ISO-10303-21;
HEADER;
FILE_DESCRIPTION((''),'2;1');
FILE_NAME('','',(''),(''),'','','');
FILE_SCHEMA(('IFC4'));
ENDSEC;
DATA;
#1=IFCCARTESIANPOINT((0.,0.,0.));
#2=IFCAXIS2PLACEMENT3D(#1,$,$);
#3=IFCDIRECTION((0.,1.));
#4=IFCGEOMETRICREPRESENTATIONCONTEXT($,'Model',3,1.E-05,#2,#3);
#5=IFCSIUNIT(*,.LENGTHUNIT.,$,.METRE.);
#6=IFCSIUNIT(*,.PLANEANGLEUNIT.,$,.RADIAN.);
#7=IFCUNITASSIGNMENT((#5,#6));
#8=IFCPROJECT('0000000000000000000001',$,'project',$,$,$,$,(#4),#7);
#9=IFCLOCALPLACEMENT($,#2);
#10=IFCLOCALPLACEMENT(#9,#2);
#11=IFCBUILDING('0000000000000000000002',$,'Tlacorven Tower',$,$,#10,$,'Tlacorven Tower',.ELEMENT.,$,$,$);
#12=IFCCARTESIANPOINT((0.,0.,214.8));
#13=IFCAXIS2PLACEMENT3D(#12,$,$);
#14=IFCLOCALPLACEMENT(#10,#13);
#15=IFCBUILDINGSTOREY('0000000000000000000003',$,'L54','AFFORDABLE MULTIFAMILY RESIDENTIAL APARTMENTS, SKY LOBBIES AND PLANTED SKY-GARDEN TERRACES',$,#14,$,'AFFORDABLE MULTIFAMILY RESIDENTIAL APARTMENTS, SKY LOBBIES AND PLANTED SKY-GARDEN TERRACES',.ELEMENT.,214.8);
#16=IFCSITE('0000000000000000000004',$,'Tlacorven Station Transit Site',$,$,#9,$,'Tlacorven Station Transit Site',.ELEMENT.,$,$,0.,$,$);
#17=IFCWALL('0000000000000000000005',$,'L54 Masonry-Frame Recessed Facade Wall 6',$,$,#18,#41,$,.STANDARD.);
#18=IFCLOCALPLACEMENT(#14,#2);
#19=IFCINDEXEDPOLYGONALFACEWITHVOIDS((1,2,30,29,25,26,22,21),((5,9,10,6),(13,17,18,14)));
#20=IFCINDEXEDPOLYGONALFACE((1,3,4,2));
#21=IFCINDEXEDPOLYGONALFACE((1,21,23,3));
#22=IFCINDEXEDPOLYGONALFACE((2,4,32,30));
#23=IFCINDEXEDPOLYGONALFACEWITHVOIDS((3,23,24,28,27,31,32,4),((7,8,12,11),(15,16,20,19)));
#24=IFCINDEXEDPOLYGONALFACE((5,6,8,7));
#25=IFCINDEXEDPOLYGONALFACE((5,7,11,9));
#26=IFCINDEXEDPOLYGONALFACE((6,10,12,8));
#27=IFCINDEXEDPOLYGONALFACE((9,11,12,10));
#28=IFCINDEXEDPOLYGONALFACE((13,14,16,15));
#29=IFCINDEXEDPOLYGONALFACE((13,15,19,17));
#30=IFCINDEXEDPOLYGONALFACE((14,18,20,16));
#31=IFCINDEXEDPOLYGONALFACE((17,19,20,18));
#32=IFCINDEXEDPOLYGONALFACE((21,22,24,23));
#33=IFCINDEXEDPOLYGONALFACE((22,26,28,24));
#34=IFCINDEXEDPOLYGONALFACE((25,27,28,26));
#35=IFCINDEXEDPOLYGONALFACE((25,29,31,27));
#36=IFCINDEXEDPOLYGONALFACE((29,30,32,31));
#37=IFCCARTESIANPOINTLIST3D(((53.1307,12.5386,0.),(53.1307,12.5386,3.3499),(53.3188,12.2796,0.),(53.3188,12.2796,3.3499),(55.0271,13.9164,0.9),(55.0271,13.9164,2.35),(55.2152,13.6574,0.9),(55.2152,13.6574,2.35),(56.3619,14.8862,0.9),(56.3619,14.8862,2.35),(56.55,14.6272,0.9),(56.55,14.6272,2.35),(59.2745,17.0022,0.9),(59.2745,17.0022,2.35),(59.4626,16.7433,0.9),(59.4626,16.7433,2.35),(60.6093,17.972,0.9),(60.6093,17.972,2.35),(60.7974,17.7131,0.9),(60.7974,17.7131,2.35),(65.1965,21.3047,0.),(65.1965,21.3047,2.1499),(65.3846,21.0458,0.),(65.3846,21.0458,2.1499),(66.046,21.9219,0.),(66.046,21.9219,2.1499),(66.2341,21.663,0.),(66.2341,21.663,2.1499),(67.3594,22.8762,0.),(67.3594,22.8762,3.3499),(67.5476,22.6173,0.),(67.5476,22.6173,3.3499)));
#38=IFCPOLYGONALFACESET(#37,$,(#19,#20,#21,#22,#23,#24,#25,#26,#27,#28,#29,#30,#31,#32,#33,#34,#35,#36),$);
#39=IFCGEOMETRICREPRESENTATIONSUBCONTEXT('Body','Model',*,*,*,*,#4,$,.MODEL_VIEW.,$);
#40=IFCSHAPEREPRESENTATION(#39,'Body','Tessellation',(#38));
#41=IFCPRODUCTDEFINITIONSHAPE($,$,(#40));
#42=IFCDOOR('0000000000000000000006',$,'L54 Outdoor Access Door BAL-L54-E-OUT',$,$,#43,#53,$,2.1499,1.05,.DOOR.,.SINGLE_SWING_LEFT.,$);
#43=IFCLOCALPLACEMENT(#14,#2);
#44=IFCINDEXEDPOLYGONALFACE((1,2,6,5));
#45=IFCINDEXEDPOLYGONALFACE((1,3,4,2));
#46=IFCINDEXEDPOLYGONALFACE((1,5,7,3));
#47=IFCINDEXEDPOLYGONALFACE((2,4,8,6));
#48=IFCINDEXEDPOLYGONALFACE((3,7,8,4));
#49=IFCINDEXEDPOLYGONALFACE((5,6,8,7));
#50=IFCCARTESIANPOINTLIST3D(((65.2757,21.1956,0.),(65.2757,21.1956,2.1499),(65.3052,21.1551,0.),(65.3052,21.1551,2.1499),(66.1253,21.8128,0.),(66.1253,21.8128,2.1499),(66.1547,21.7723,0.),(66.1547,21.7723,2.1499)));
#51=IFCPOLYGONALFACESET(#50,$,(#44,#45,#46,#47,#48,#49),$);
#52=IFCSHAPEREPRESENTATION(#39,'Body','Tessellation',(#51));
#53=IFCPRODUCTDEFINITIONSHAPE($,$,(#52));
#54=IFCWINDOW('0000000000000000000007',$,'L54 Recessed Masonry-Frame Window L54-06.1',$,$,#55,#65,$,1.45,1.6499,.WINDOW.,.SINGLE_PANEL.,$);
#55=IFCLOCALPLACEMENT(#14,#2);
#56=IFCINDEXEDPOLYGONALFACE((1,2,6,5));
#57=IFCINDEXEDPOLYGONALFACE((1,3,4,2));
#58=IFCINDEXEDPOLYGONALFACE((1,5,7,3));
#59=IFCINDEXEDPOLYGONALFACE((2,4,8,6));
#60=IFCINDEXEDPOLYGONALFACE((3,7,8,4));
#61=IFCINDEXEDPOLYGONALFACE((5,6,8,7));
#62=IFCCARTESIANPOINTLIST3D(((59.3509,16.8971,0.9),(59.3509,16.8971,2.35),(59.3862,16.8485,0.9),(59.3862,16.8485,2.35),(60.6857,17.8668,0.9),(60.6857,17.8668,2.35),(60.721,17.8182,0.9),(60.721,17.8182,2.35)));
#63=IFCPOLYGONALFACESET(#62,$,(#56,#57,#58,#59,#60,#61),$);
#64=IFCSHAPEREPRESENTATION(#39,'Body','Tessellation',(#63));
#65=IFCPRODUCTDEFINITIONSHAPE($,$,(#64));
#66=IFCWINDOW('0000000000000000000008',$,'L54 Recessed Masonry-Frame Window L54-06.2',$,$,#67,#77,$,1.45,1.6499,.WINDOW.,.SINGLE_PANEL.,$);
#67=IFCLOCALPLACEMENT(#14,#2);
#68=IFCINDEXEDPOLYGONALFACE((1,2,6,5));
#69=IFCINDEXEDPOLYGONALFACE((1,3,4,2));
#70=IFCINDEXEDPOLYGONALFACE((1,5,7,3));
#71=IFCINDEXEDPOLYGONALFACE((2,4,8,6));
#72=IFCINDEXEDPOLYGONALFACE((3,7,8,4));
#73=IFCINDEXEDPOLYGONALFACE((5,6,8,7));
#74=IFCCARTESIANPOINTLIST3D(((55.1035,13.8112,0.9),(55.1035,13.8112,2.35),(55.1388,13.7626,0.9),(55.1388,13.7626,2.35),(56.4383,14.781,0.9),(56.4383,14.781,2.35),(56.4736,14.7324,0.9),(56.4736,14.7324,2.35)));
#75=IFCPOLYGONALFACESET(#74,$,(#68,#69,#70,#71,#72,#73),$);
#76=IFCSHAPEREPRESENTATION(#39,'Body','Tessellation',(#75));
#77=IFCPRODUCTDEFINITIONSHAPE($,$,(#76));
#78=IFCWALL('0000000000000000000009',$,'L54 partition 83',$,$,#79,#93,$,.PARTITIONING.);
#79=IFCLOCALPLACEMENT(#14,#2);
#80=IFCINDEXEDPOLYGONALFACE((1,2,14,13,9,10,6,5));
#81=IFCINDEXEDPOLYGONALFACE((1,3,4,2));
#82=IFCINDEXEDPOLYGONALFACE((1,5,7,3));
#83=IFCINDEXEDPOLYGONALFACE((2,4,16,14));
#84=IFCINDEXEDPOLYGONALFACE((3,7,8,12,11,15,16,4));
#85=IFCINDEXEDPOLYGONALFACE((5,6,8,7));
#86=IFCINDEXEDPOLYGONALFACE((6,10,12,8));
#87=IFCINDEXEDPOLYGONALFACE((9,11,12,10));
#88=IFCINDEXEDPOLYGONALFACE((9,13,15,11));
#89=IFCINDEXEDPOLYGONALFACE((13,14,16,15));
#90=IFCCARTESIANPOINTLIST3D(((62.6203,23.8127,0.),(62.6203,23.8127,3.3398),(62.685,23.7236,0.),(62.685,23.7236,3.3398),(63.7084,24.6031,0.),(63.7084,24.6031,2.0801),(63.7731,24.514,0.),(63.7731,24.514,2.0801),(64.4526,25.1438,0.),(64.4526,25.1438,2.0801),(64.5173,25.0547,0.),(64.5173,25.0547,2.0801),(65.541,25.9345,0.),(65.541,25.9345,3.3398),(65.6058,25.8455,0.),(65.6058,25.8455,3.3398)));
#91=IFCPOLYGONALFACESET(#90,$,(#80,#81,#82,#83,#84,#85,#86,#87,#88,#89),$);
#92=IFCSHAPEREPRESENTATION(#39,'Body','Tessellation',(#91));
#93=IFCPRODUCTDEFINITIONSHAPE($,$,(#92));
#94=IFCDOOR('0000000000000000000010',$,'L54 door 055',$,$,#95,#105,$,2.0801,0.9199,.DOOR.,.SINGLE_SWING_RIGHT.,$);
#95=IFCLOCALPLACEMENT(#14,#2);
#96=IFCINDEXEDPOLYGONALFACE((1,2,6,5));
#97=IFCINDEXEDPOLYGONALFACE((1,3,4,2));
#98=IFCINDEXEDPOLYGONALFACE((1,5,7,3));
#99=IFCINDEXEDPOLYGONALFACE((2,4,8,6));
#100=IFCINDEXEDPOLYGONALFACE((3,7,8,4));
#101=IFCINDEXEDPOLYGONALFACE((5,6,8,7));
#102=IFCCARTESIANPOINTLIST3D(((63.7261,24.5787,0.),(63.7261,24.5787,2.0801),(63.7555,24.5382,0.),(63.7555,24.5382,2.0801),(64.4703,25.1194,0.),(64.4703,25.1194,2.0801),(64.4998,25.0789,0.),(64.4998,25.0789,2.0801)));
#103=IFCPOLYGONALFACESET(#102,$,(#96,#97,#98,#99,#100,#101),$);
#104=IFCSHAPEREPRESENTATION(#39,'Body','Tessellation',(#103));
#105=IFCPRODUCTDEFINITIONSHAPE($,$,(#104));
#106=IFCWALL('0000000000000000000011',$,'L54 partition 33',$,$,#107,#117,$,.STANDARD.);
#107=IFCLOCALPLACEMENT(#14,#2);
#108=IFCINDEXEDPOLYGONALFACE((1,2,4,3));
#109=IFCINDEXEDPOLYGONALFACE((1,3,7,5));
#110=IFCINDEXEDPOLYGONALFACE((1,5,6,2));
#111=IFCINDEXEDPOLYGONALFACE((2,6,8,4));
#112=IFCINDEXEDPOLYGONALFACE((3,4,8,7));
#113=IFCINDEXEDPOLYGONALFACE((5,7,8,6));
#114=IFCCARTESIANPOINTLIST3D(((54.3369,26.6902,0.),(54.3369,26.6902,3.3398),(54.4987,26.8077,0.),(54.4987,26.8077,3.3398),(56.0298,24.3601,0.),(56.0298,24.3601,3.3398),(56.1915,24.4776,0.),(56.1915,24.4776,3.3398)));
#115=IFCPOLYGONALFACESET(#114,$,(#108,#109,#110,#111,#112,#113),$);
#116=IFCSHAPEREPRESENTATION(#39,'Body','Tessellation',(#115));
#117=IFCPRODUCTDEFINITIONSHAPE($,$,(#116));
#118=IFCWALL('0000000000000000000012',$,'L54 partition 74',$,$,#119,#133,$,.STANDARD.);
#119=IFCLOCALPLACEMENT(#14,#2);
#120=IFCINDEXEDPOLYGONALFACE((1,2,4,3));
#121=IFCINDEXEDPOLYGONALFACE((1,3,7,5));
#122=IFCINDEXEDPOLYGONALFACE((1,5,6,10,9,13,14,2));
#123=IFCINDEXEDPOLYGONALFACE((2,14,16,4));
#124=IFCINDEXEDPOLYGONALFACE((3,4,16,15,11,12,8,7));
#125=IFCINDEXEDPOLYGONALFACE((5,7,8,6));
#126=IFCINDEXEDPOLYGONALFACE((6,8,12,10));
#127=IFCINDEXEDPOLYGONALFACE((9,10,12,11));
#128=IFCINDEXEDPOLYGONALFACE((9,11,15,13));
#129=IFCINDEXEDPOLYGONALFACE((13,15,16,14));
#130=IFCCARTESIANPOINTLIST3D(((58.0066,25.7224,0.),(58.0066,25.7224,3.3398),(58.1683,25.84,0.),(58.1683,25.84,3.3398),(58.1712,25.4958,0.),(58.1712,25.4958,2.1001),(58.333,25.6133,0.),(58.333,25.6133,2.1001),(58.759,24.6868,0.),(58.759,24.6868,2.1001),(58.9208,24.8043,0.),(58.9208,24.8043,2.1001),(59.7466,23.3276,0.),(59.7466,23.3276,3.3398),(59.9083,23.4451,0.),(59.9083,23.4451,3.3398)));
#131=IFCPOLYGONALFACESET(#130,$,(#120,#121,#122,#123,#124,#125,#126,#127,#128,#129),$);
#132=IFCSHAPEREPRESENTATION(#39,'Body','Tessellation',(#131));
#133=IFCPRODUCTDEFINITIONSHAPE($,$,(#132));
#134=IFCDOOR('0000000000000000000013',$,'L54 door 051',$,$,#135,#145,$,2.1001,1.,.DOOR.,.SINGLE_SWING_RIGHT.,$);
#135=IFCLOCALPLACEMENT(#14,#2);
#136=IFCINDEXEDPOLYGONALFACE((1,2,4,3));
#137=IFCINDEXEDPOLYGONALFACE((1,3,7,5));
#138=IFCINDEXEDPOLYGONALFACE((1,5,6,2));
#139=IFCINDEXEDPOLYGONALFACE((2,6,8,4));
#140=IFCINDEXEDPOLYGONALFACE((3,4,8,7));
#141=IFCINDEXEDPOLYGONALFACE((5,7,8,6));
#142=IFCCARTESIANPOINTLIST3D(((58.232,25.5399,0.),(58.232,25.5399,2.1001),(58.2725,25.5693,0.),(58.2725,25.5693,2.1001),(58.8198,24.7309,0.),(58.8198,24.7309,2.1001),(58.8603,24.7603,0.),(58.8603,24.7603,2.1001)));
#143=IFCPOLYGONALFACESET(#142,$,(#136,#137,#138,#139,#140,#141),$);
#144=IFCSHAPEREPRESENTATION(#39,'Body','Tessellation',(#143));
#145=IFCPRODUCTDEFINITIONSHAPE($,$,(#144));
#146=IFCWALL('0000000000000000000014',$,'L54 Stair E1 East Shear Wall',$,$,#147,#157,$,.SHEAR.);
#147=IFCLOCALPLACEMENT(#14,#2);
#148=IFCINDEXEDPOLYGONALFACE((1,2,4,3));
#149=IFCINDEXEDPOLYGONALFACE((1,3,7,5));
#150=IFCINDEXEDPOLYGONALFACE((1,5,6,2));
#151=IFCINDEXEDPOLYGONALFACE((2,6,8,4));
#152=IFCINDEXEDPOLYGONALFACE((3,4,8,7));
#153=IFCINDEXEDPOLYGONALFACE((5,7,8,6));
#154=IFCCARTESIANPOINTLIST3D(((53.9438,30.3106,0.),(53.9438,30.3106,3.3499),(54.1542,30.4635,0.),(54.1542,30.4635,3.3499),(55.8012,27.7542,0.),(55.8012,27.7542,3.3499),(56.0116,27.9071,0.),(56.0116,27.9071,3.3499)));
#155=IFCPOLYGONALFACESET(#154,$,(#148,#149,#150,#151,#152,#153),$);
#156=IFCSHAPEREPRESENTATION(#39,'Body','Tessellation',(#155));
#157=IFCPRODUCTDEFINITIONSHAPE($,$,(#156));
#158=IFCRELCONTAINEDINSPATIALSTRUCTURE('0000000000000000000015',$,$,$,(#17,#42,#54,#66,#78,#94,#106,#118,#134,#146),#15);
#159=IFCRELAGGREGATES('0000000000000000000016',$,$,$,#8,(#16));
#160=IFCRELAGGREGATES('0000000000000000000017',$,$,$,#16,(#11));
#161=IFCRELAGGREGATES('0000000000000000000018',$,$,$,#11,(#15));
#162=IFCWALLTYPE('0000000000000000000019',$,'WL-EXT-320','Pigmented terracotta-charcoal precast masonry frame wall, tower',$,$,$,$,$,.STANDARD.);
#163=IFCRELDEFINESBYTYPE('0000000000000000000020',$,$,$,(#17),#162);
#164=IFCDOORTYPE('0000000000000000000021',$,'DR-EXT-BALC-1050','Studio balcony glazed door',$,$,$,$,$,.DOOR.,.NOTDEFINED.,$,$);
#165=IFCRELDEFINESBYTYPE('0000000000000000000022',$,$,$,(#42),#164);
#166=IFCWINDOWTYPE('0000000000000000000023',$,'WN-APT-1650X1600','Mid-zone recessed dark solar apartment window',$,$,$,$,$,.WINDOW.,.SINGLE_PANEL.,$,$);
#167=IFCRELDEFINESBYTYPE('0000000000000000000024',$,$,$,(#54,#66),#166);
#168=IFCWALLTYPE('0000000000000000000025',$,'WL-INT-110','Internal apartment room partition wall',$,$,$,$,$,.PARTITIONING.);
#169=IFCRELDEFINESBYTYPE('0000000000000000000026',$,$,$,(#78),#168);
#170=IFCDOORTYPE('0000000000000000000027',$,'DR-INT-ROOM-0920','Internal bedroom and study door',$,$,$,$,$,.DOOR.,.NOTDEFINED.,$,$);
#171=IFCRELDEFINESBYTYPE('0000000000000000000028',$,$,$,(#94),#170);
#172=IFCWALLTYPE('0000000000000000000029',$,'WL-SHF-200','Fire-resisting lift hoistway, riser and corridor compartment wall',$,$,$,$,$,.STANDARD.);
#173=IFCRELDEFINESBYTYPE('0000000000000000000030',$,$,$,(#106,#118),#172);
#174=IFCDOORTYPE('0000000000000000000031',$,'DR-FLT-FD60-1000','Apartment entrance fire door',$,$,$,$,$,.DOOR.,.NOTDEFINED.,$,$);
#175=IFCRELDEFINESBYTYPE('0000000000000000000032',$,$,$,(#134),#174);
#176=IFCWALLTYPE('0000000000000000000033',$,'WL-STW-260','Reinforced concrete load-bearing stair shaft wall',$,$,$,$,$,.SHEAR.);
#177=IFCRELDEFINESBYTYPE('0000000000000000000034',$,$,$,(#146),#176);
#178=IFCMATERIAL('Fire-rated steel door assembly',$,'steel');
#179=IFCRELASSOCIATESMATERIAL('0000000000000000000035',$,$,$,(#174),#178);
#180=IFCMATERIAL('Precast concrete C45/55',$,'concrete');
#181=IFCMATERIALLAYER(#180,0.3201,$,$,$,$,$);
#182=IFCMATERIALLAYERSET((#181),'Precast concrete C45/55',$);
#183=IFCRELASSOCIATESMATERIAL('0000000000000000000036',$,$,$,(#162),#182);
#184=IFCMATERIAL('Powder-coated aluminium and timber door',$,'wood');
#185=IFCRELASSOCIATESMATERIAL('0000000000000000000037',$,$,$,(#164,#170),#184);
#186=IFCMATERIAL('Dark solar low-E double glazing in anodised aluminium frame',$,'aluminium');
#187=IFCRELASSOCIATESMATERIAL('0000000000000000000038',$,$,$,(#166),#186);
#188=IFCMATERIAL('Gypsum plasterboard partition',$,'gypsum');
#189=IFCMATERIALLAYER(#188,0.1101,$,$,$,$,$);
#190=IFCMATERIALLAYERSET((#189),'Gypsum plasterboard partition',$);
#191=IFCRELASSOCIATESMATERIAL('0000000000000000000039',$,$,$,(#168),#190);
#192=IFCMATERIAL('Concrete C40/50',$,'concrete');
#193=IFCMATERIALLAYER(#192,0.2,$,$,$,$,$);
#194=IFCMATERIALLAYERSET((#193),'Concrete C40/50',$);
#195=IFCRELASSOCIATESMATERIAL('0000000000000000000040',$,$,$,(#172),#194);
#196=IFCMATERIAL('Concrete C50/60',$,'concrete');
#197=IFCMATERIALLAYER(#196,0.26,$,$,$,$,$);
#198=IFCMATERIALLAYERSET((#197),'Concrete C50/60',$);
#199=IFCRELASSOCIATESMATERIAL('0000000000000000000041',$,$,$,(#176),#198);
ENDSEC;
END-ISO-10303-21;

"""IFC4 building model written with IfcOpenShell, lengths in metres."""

from ifc_helpers import new_model, si_unit, direction, frame, frame_2d, origin, place, context, subcontext, project, spatial, rectangle, extrude, source, transform, mapped, material, layer, layer_set, type_object, element, fill, save


model = new_model("IFC4")

# Units and contexts
model_context = context("Model", 3, precision=1e-05, world=origin(), true_north=direction((0.0, 1.0)))
body_context = subcontext(model_context, "Body", "Model", "MODEL_VIEW")
ifc_project = project(units=[si_unit("LENGTHUNIT", "METRE"), si_unit("PLANEANGLEUNIT", "RADIAN")], contexts=[model_context])

# Site, building, storey
site_placement = place(None, origin())
site = spatial("IfcSite", under=ifc_project, at=site_placement, Name="Tlacorven Station Transit Site", LongName="Tlacorven Station Transit Site", CompositionType="ELEMENT", RefElevation=0.0)
building_placement = place(site_placement, origin())
building = spatial("IfcBuilding", under=site, at=building_placement, Name="Tlacorven Tower", LongName="Tlacorven Tower", CompositionType="ELEMENT")
storey_placement = place(building_placement, frame((0.0, 0.0, 214.8)))
storey = spatial("IfcBuildingStorey", under=building, at=storey_placement, Name="L54", Description="AFFORDABLE MULTIFAMILY RESIDENTIAL APARTMENTS, SKY LOBBIES AND PLANTED SKY-GARDEN TERRACES", LongName="AFFORDABLE MULTIFAMILY RESIDENTIAL APARTMENTS, SKY LOBBIES AND PLANTED SKY-GARDEN TERRACES", CompositionType="ELEMENT", Elevation=214.8)

# Shared definitions
ifc_material_1 = material(Name="Concrete C50/60", Category="concrete")

# Shared definitions
ifc_material_2 = material(Name="Fire-rated steel door assembly", Category="steel")
door_type_1 = type_object("IfcDoorType", Name="DR-FLT-FD60-1000", Description="Apartment entrance fire door", OperationType="NOTDEFINED", PredefinedType="DOOR", material=ifc_material_2)
shared_shape_1 = source(origin(), body_context, "Body", "SweptSolid", [
    extrude(rectangle(XDim=1.0, YDim=2.1001, at=frame_2d((0.5, 1.05))), frame((0.0, 0.0249, 0.0), z_axis=(0.0, -1.0, 0.0), x_axis=(1.0, 0.0, 0.0)), (0.0, 0.0, 1.0), 0.05),
])

# Wall, openings, door, windows
ifc_material_3 = material(Name="Precast concrete C45/55", Category="concrete")
ifc_layer_1 = layer(ifc_material_3, 0.3201)
ifc_layer_set_1 = layer_set([ifc_layer_1], Name="Precast concrete C45/55")
wall_type_1 = type_object("IfcWallType", Name="WL-EXT-320", Description="Pigmented terracotta-charcoal precast masonry frame wall, tower", PredefinedType="STANDARD", material=ifc_layer_set_1)
wall_1_placement = place(storey_placement, frame((67.4536, 22.7468, 0.0), z_axis=(0.0, 0.0, 1.0), x_axis=(-0.809021, -0.58778, 0.0)))
wall_1 = element("IfcWall", 1, at=wall_1_placement, inside=storey, type_object=wall_type_1, Name="L54 Masonry-Frame Recessed Facade Wall 6", PredefinedType="STANDARD", context=body_context, shape_type="SweptSolid", body=[
    extrude(rectangle(XDim=17.5876, YDim=0.3201, at=frame_2d((8.7939, 0.0))), origin(), (0.0, 0.0, 1.0), 3.3499),
])
opening_1_placement = place(wall_1_placement, frame((1.6238, 0.0, 0.0)))
opening_1 = element("IfcOpeningElement", 2, at=opening_1_placement, cuts=wall_1, PredefinedType="OPENING", context=body_context, shape_type="SweptSolid", body=[
    extrude(rectangle(XDim=1.05, YDim=2.1499, at=frame_2d((0.5249, 1.075))), frame((0.0, 0.1699, 0.0), z_axis=(0.0, -1.0, 0.0), x_axis=(1.0, 0.0, 0.0)), (0.0, 0.0, 1.0), 0.3401),
])
opening_2_placement = place(wall_1_placement, frame((8.3438, 0.0, 0.8999)))
opening_2 = element("IfcOpeningElement", 3, at=opening_2_placement, cuts=wall_1, PredefinedType="OPENING", context=body_context, shape_type="SweptSolid", body=[
    extrude(rectangle(XDim=1.6499, YDim=1.45, at=frame_2d((0.825, 0.7251))), frame((0.0, 0.1699, 0.0), z_axis=(0.0, -1.0, 0.0), x_axis=(1.0, 0.0, 0.0)), (0.0, 0.0, 1.0), 0.3401),
])
opening_3_placement = place(wall_1_placement, frame((13.5938, 0.0, 0.8999)))
opening_3 = element("IfcOpeningElement", 4, at=opening_3_placement, cuts=wall_1, PredefinedType="OPENING", context=body_context, shape_type="SweptSolid", body=[
    extrude(rectangle(XDim=1.6499, YDim=1.45, at=frame_2d((0.825, 0.7251))), frame((0.0, 0.1699, 0.0), z_axis=(0.0, -1.0, 0.0), x_axis=(1.0, 0.0, 0.0)), (0.0, 0.0, 1.0), 0.3401),
])
ifc_material_4 = material(Name="Powder-coated aluminium and timber door", Category="wood")
door_type_2 = type_object("IfcDoorType", Name="DR-EXT-BALC-1050", Description="Studio balcony glazed door", OperationType="NOTDEFINED", PredefinedType="DOOR", material=ifc_material_4)
shared_shape_2 = source(origin(), body_context, "Body", "SweptSolid", [
    extrude(rectangle(XDim=1.05, YDim=2.1499, at=frame_2d((0.5249, 1.075))), frame((0.0, 0.0249, 0.0), z_axis=(0.0, -1.0, 0.0), x_axis=(1.0, 0.0, 0.0)), (0.0, 0.0, 1.0), 0.05),
])
door_1_placement = place(opening_1_placement, origin())
door_1 = element("IfcDoor", 5, at=door_1_placement, inside=storey, type_object=door_type_2, Name="L54 Outdoor Access Door BAL-L54-E-OUT", OperationType="SINGLE_SWING_LEFT", OverallHeight=2.1499, OverallWidth=1.05, PredefinedType="DOOR", context=body_context, shape_type="MappedRepresentation", body=[
    mapped(shared_shape_2, transform((0.0, 0.0, 0.0), scale=1.0)),
])
fill(opening_1, door_1)
ifc_material_5 = material(Name="Dark solar low-E double glazing in anodised aluminium frame", Category="aluminium")
window_type = type_object("IfcWindowType", Name="WN-APT-1650X1600", Description="Mid-zone recessed dark solar apartment window", PartitioningType="SINGLE_PANEL", PredefinedType="WINDOW", material=ifc_material_5)
shared_shape_3 = source(origin(), body_context, "Body", "SweptSolid", [
    extrude(rectangle(XDim=1.6499, YDim=1.45, at=frame_2d((0.825, 0.7251))), frame((0.0, 0.03, 0.0), z_axis=(0.0, -1.0, 0.0), x_axis=(1.0, 0.0, 0.0)), (0.0, 0.0, 1.0), 0.0601),
])
window_1_placement = place(opening_2_placement, origin())
window_1 = element("IfcWindow", 6, at=window_1_placement, inside=storey, type_object=window_type, Name="L54 Recessed Masonry-Frame Window L54-06.1", OverallHeight=1.45, OverallWidth=1.6499, PartitioningType="SINGLE_PANEL", PredefinedType="WINDOW", context=body_context, shape_type="MappedRepresentation", body=[
    mapped(shared_shape_3, transform((0.0, 0.0, 0.0), scale=1.0)),
])
fill(opening_2, window_1)
window_2_placement = place(opening_3_placement, origin())
window_2 = element("IfcWindow", 7, at=window_2_placement, inside=storey, type_object=window_type, Name="L54 Recessed Masonry-Frame Window L54-06.2", OverallHeight=1.45, OverallWidth=1.6499, PartitioningType="SINGLE_PANEL", PredefinedType="WINDOW", context=body_context, shape_type="MappedRepresentation", body=[
    mapped(shared_shape_3, transform((0.0, 0.0, 0.0), scale=1.0)),
])
fill(opening_3, window_2)

# Wall, opening, door
ifc_material_6 = material(Name="Gypsum plasterboard partition", Category="gypsum")
ifc_layer_2 = layer(ifc_material_6, 0.1101)
ifc_layer_set_2 = layer_set([ifc_layer_2], Name="Gypsum plasterboard partition")
wall_type_2 = type_object("IfcWallType", Name="WL-INT-110", Description="Internal apartment room partition wall", PredefinedType="PARTITIONING", material=ifc_layer_set_2)
wall_2_placement = place(storey_placement, frame((62.6526, 23.7681, 0.0), z_axis=(0.0, 0.0, 1.0), x_axis=(0.809037, 0.587757, 0.0)))
wall_2 = element("IfcWall", 8, at=wall_2_placement, inside=storey, type_object=wall_type_2, Name="L54 partition 83", PredefinedType="PARTITIONING", context=body_context, shape_type="SweptSolid", body=[
    extrude(rectangle(XDim=3.6101, YDim=0.1101, at=frame_2d((1.8052, 0.0))), origin(), (0.0, 0.0, 1.0), 3.3398),
])
opening_4_placement = place(wall_2_placement, frame((1.345, 0.0, 0.0)))
opening_4 = element("IfcOpeningElement", 9, at=opening_4_placement, cuts=wall_2, PredefinedType="OPENING", context=body_context, shape_type="SweptSolid", body=[
    extrude(rectangle(XDim=0.9199, YDim=2.0801, at=frame_2d((0.46, 1.04))), frame((0.0, 0.0649, 0.0), z_axis=(0.0, -1.0, 0.0), x_axis=(1.0, 0.0, 0.0)), (0.0, 0.0, 1.0), 0.1301),
])
door_type_3 = type_object("IfcDoorType", Name="DR-INT-ROOM-0920", Description="Internal bedroom and study door", OperationType="NOTDEFINED", PredefinedType="DOOR", material=ifc_material_4)
shared_shape_4 = source(origin(), body_context, "Body", "SweptSolid", [
    extrude(rectangle(XDim=0.9199, YDim=2.0801, at=frame_2d((0.46, 1.04))), frame((0.0, 0.0249, 0.0), z_axis=(0.0, -1.0, 0.0), x_axis=(1.0, 0.0, 0.0)), (0.0, 0.0, 1.0), 0.05),
])
door_2_placement = place(opening_4_placement, origin())
door_2 = element("IfcDoor", 10, at=door_2_placement, inside=storey, type_object=door_type_3, Name="L54 door 055", OperationType="SINGLE_SWING_RIGHT", OverallHeight=2.0801, OverallWidth=0.9199, PredefinedType="DOOR", context=body_context, shape_type="MappedRepresentation", body=[
    mapped(shared_shape_4, transform((0.0, 0.0, 0.0), scale=1.0)),
])
fill(opening_4, door_2)

# Wall
ifc_material_7 = material(Name="Concrete C40/50", Category="concrete")
ifc_layer_3 = layer(ifc_material_7, 0.2)
ifc_layer_set_3 = layer_set([ifc_layer_3], Name="Concrete C40/50")
wall_type_3 = type_object("IfcWallType", Name="WL-SHF-200", Description="Fire-resisting lift hoistway, riser and corridor compartment wall", PredefinedType="STANDARD", material=ifc_layer_set_3)
wall_3_placement = place(storey_placement, frame((56.1106, 24.4189, 0.0), z_axis=(0.0, 0.0, 1.0), x_axis=(-0.587778, 0.809022, 0.0)))
element("IfcWall", 11, at=wall_3_placement, inside=storey, type_object=wall_type_3, Name="L54 partition 33", PredefinedType="STANDARD", context=body_context, shape_type="SweptSolid", body=[
    extrude(rectangle(XDim=2.8801, YDim=0.2, at=frame_2d((1.4399, 0.0))), origin(), (0.0, 0.0, 1.0), 3.3398),
])

# Wall, opening, door
wall_4_placement = place(storey_placement, frame((59.8274, 23.3865, 0.0), z_axis=(0.0, 0.0, 1.0), x_axis=(-0.587804, 0.809003, 0.0)))
wall_4 = element("IfcWall", 12, at=wall_4_placement, inside=storey, type_object=wall_type_3, Name="L54 partition 74", PredefinedType="STANDARD", context=body_context, shape_type="SweptSolid", body=[
    extrude(rectangle(XDim=2.9602, YDim=0.2, at=frame_2d((1.48, 0.0))), origin(), (0.0, 0.0, 1.0), 3.3398),
])
opening_5_placement = place(wall_4_placement, frame((1.6799, 0.0, 0.0)))
opening_5 = element("IfcOpeningElement", 13, at=opening_5_placement, cuts=wall_4, PredefinedType="OPENING", context=body_context, shape_type="SweptSolid", body=[
    extrude(rectangle(XDim=1.0, YDim=2.1001, at=frame_2d((0.5, 1.05))), frame((0.0, 0.1099, 0.0), z_axis=(0.0, -1.0, 0.0), x_axis=(1.0, 0.0, 0.0)), (0.0, 0.0, 1.0), 0.22),
])
door_3_placement = place(opening_5_placement, origin())
door_3 = element("IfcDoor", 14, at=door_3_placement, inside=storey, type_object=door_type_1, Name="L54 door 051", OperationType="SINGLE_SWING_RIGHT", OverallHeight=2.1001, OverallWidth=1.0, PredefinedType="DOOR", context=body_context, shape_type="MappedRepresentation", body=[
    mapped(shared_shape_1, transform((0.0, 0.0, 0.0), scale=1.0)),
])
fill(opening_5, door_3)

# Wall
ifc_layer_4 = layer(ifc_material_1, 0.26)
ifc_layer_set_4 = layer_set([ifc_layer_4], Name="Concrete C50/60")
wall_type_4 = type_object("IfcWallType", Name="WL-STW-260", Description="Reinforced concrete load-bearing stair shaft wall", PredefinedType="SHEAR", material=ifc_layer_set_4)
wall_5_placement = place(storey_placement, frame((55.9065, 27.8306, 0.0), z_axis=(0.0, 0.0, 1.0), x_axis=(-0.587804, 0.809003, 0.0)))
element("IfcWall", 15, at=wall_5_placement, inside=storey, type_object=wall_type_4, Name="L54 Stair E1 East Shear Wall", PredefinedType="SHEAR", context=body_context, shape_type="SweptSolid", body=[
    extrude(rectangle(XDim=3.1599, YDim=0.26, at=frame_2d((1.5801, 0.0))), origin(), (0.0, 0.0, 1.0), 3.3499),
])

save(model, "model.ifc")
